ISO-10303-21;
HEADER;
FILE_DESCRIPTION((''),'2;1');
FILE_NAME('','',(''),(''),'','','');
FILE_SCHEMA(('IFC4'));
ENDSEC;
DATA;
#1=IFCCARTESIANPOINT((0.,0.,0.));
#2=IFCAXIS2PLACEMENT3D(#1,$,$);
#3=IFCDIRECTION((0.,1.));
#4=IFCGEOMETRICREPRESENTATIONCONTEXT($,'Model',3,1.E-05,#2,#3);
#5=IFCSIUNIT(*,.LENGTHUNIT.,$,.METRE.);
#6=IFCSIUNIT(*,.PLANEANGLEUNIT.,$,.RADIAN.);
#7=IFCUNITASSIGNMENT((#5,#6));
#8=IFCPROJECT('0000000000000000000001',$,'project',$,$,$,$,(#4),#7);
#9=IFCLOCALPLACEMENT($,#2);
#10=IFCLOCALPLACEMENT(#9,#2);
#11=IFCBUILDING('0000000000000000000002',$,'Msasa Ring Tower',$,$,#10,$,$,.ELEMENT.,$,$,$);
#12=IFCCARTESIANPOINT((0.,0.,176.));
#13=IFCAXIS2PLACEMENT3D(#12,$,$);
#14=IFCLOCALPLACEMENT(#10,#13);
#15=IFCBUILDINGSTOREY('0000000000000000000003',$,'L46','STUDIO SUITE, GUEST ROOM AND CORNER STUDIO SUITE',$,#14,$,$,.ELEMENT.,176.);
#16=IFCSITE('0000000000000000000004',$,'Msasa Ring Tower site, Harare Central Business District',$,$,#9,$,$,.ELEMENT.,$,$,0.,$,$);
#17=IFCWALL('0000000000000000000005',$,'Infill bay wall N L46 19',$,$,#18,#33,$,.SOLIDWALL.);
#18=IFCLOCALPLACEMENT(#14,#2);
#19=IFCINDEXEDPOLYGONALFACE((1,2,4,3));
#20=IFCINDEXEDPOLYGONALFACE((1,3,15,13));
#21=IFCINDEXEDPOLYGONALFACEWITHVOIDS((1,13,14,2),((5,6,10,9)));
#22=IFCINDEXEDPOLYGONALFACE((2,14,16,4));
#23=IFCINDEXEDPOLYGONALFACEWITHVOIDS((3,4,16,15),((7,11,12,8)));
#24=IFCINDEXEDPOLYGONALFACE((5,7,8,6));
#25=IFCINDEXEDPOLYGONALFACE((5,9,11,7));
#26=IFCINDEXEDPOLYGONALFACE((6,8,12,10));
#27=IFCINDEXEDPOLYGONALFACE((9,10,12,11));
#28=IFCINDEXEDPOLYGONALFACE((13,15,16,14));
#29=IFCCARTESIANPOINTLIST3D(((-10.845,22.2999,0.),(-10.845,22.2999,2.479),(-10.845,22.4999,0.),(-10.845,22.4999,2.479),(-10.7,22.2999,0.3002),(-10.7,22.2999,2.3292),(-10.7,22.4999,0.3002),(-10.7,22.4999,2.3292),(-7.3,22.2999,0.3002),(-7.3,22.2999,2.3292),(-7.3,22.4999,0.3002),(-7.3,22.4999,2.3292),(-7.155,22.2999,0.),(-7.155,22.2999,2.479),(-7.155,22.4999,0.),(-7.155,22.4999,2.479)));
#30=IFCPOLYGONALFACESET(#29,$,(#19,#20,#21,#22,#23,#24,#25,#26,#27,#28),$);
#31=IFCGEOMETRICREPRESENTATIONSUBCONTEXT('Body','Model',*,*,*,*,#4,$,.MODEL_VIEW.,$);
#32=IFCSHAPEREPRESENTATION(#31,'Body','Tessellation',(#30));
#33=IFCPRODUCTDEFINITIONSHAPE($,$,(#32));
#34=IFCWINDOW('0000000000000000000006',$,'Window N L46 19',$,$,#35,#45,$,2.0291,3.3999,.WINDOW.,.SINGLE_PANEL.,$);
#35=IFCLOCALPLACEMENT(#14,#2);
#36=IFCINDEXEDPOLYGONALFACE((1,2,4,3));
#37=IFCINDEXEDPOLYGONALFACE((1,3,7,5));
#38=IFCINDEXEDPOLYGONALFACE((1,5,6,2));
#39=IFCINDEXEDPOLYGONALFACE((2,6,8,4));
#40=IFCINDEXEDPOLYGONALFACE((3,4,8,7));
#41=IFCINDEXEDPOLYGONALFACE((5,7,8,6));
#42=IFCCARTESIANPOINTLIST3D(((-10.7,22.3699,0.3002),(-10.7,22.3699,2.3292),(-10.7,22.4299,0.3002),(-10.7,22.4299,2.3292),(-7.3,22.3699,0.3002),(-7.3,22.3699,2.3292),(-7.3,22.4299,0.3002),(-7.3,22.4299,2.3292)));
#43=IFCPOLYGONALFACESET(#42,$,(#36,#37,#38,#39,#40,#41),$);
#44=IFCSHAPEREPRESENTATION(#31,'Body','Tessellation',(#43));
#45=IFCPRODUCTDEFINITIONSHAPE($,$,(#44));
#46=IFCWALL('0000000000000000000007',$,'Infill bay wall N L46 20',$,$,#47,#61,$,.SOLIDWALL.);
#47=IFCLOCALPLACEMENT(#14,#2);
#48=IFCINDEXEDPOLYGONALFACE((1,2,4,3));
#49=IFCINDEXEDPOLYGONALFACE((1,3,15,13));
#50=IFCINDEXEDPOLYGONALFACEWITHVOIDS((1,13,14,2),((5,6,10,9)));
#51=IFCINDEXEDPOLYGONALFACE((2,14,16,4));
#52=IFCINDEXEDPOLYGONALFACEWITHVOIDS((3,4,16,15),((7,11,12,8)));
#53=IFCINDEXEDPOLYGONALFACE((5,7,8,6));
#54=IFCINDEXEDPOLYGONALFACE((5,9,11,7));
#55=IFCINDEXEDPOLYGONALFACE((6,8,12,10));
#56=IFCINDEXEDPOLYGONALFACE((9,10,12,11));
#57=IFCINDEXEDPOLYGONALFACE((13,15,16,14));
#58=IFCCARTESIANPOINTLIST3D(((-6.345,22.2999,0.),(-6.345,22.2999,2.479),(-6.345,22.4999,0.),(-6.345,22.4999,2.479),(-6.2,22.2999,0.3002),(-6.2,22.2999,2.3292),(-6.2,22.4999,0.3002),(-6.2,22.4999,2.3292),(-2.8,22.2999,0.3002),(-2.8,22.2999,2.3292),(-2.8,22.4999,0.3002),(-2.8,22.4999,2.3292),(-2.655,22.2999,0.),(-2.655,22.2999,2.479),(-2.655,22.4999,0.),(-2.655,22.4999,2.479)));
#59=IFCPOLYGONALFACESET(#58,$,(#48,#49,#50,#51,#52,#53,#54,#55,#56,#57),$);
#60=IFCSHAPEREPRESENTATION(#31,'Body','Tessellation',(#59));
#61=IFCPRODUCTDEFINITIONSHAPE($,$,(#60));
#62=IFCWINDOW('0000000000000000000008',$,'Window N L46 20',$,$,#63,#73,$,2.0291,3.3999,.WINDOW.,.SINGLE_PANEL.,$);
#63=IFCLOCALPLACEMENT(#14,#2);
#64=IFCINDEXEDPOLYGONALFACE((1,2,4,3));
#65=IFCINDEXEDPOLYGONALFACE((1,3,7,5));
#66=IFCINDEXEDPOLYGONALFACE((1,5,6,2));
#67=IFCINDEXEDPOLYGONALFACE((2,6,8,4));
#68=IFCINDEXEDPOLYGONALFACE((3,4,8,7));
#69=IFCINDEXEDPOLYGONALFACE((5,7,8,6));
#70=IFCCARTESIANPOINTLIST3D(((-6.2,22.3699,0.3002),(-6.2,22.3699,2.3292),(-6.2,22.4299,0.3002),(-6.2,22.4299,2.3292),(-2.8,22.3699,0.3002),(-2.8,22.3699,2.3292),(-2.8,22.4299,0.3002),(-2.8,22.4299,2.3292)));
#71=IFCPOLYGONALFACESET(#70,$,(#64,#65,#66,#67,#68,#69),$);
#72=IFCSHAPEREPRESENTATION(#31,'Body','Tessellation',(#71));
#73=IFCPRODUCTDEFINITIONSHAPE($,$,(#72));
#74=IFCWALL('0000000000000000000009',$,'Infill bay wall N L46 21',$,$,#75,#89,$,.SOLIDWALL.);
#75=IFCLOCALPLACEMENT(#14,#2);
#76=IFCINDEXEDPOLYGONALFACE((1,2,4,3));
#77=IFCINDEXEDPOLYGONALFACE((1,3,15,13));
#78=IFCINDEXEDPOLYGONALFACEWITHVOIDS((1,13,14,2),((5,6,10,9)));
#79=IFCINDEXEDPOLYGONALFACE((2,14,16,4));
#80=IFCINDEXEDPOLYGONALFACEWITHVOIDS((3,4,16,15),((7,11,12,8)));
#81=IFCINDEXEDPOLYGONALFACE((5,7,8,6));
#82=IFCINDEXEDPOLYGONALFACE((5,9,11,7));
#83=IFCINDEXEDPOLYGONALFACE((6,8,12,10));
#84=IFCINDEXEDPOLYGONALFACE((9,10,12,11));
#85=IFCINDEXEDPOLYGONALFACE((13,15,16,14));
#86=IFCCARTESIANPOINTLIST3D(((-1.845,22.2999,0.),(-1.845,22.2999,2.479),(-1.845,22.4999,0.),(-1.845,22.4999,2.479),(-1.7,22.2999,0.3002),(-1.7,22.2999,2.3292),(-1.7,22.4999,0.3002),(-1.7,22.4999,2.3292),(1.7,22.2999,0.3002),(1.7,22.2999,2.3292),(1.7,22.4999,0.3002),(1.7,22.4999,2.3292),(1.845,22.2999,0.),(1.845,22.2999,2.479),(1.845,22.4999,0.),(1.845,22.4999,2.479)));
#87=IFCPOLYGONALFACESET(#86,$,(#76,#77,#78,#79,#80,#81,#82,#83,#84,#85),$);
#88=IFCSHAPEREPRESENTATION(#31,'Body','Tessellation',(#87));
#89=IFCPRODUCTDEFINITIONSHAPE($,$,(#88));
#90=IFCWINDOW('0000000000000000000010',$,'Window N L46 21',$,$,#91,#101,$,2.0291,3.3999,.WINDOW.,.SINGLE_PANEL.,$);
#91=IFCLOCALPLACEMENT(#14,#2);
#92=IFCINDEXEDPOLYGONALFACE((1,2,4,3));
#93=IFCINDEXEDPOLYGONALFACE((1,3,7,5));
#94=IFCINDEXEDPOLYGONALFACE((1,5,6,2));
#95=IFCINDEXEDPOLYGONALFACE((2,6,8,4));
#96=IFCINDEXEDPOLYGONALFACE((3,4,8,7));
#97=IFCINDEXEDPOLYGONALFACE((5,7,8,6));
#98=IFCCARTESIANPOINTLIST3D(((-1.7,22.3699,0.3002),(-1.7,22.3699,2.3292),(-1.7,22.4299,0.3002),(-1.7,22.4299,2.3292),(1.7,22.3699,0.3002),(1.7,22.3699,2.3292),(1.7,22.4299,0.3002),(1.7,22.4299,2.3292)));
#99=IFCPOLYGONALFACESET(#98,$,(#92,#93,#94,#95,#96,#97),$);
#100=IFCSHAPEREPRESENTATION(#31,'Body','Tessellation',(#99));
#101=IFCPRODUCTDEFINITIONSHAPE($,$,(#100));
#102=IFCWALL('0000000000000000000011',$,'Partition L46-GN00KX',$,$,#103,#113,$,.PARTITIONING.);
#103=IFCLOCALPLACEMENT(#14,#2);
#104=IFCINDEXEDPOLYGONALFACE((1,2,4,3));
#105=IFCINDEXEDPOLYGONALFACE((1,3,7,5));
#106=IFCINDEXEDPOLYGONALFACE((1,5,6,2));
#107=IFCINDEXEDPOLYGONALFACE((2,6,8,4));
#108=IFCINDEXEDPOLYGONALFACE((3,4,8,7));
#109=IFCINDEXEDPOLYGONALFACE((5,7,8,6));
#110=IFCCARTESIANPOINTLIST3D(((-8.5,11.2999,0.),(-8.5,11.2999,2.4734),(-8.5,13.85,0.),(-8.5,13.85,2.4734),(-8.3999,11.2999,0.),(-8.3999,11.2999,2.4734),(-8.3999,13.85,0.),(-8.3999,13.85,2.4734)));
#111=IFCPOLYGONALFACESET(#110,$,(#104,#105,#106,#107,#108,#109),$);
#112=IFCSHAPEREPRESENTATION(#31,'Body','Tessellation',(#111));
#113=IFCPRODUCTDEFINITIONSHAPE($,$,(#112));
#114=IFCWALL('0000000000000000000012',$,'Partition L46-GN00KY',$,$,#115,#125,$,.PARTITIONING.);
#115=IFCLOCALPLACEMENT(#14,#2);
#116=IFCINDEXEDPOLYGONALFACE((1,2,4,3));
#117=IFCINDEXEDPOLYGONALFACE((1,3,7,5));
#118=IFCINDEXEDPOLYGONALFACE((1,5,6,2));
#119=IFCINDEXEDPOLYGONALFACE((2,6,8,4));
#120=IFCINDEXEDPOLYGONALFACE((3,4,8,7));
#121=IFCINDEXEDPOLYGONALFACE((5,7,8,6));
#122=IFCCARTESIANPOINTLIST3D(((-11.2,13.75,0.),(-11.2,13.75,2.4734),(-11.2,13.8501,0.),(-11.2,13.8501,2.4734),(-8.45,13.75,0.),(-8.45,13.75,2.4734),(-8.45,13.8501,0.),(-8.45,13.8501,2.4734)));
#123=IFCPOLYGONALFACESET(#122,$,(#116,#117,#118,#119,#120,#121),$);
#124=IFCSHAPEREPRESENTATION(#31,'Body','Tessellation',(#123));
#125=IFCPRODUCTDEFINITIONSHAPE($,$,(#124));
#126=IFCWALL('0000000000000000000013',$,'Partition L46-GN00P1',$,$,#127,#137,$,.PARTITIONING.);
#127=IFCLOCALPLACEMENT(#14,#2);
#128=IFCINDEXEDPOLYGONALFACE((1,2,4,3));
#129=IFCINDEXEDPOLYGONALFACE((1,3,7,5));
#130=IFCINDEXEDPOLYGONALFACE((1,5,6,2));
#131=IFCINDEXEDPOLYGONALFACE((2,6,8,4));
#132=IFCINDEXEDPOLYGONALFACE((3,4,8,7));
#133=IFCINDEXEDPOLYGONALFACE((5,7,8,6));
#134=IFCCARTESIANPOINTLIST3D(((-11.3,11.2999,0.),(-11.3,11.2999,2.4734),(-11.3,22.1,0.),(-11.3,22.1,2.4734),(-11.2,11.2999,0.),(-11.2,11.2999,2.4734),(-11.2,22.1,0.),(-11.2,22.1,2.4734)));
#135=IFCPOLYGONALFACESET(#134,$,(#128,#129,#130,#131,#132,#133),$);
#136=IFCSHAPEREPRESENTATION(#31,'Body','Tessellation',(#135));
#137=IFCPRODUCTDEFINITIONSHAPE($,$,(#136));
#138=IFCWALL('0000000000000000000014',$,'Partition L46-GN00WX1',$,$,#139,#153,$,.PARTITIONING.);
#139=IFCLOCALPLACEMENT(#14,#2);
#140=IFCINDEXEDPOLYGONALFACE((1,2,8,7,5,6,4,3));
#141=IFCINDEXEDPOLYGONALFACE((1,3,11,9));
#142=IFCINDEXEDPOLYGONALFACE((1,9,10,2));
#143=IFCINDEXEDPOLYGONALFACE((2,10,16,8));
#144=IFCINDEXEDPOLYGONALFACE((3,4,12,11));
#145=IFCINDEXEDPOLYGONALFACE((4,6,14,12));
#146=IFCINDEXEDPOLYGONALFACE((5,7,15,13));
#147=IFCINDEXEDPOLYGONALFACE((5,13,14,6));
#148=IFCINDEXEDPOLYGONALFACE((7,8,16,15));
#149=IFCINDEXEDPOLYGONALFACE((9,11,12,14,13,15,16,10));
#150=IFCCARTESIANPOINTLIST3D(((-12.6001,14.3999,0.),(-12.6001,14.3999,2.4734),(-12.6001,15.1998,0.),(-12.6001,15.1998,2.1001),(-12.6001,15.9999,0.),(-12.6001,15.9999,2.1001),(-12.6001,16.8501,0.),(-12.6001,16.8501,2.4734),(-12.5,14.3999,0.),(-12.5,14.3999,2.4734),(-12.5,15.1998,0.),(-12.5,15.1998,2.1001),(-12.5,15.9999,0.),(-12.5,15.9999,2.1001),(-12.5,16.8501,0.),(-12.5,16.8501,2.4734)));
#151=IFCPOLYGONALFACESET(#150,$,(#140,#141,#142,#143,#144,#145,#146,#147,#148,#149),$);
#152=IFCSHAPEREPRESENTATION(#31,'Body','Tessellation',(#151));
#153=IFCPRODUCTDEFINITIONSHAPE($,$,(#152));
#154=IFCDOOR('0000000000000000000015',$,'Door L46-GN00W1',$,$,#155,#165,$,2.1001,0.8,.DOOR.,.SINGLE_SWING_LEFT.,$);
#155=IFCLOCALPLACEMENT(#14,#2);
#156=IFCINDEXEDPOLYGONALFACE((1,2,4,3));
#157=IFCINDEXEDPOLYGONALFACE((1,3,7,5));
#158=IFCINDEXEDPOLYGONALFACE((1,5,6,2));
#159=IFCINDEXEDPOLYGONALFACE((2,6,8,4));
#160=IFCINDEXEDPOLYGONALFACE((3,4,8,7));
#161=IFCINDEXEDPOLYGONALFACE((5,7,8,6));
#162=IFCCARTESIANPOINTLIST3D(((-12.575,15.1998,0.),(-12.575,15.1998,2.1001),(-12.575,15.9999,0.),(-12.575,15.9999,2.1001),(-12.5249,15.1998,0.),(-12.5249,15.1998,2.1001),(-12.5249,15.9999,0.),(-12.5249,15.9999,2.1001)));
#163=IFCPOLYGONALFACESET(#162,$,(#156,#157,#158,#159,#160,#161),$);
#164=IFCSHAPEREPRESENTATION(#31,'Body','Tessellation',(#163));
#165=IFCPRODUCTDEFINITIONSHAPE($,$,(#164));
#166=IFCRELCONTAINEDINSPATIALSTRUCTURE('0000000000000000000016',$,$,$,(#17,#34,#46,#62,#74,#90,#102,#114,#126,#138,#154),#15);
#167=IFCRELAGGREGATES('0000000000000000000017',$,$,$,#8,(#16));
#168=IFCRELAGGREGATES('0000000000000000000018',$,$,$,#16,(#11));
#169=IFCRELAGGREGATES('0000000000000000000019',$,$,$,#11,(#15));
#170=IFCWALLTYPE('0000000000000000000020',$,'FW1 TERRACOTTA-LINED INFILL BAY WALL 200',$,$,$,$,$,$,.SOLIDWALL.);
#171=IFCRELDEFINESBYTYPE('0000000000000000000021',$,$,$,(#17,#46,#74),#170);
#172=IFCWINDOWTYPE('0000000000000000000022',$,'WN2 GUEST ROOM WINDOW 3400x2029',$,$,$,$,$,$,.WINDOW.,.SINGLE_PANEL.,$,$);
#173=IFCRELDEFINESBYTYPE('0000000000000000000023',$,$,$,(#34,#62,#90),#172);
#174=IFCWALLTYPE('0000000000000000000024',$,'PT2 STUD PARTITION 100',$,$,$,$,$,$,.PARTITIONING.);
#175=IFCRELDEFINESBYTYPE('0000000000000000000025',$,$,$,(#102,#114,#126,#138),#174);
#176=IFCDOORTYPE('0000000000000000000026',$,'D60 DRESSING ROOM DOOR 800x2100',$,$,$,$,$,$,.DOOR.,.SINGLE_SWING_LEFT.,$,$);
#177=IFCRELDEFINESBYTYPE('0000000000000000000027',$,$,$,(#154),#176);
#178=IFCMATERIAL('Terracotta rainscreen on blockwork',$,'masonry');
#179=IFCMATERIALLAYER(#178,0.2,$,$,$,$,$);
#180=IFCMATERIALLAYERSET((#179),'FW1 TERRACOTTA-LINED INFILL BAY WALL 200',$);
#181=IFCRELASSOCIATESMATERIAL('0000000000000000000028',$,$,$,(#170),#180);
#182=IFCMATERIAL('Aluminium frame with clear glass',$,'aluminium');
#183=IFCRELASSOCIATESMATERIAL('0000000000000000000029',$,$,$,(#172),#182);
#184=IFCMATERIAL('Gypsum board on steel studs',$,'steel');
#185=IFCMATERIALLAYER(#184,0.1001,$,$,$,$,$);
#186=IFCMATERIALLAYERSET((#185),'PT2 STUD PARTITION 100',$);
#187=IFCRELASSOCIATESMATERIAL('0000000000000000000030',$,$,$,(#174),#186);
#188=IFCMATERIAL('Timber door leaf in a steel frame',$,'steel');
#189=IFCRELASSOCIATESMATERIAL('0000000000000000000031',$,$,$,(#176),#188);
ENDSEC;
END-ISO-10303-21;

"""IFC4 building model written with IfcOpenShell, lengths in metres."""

from ifc_helpers import new_model, si_unit, direction, frame, frame_2d, origin, place, context, subcontext, project, spatial, rectangle, extrude, material, layer, layer_set, type_object, element, fill, save


model = new_model("IFC4")

# Units and contexts
model_context = context("Model", 3, precision=1e-05, world=origin(), true_north=direction((0.0, 1.0)))
body_context = subcontext(model_context, "Body", "Model", "MODEL_VIEW")
ifc_project = project(units=[si_unit("LENGTHUNIT", "METRE"), si_unit("PLANEANGLEUNIT", "RADIAN")], contexts=[model_context])

# Site, building, storey
site_placement = place(None, origin())
site = spatial("IfcSite", under=ifc_project, at=site_placement, Name="Msasa Ring Tower site, Harare Central Business District", CompositionType="ELEMENT", RefElevation=0.0)
building_placement = place(site_placement, origin())
building = spatial("IfcBuilding", under=site, at=building_placement, Name="Msasa Ring Tower", CompositionType="ELEMENT")
storey_placement = place(building_placement, frame((0.0, 0.0, 176.0)))
storey = spatial("IfcBuildingStorey", under=building, at=storey_placement, Name="L46", Description="STUDIO SUITE, GUEST ROOM AND CORNER STUDIO SUITE", CompositionType="ELEMENT", Elevation=176.0)

# Walls, openings, windows
ifc_material_1 = material(Name="Terracotta rainscreen on blockwork", Category="masonry")
ifc_layer_1 = layer(ifc_material_1, 0.2)
ifc_layer_set_1 = layer_set([ifc_layer_1], Name="FW1 TERRACOTTA-LINED INFILL BAY WALL 200")
wall_type_1 = type_object("IfcWallType", Name="FW1 TERRACOTTA-LINED INFILL BAY WALL 200", PredefinedType="SOLIDWALL", material=ifc_layer_set_1)
wall_1_placement = place(storey_placement, frame((-10.845, 22.3999, 0.0), z_axis=(0.0, 0.0, 1.0), x_axis=(1.0, 0.0, 0.0)))
wall_1 = element("IfcWall", 1, at=wall_1_placement, inside=storey, type_object=wall_type_1, Name="Infill bay wall N L46 19", PredefinedType="SOLIDWALL", context=body_context, shape_type="SweptSolid", body=[
    extrude(rectangle(XDim=3.6899, YDim=0.2, at=frame_2d((1.845, 0.0))), origin(), (0.0, 0.0, 1.0), 2.479),
])
opening_1_placement = place(wall_1_placement, frame((0.145, 0.0, 0.3)))
opening_1 = element("IfcOpeningElement", 2, at=opening_1_placement, cuts=wall_1, PredefinedType="OPENING", context=body_context, shape_type="SweptSolid", body=[
    extrude(rectangle(XDim=3.3999, YDim=2.0291, at=frame_2d((1.7, 1.0146))), frame((0.0, 0.1099, 0.0), z_axis=(0.0, -1.0, 0.0), x_axis=(1.0, 0.0, 0.0)), (0.0, 0.0, 1.0), 0.22),
])
ifc_material_2 = material(Name="Aluminium frame with clear glass", Category="aluminium")
window_type = type_object("IfcWindowType", Name="WN2 GUEST ROOM WINDOW 3400x2029", PartitioningType="SINGLE_PANEL", PredefinedType="WINDOW", material=ifc_material_2)
window_1_placement = place(opening_1_placement, origin())
window_1 = element("IfcWindow", 3, at=window_1_placement, inside=storey, type_object=window_type, Name="Window N L46 19", OverallHeight=2.0291, OverallWidth=3.3999, PartitioningType="SINGLE_PANEL", PredefinedType="WINDOW", context=body_context, shape_type="SweptSolid", body=[
    extrude(rectangle(XDim=3.3999, YDim=2.0291, at=frame_2d((1.7, 1.0146))), frame((0.0, 0.03, 0.0), z_axis=(0.0, -1.0, 0.0), x_axis=(1.0, 0.0, 0.0)), (0.0, 0.0, 1.0), 0.0601),
])
fill(opening_1, window_1)
wall_2_placement = place(storey_placement, frame((-6.345, 22.3999, 0.0), z_axis=(0.0, 0.0, 1.0), x_axis=(1.0, 0.0, 0.0)))
wall_2 = element("IfcWall", 4, at=wall_2_placement, inside=storey, type_object=wall_type_1, Name="Infill bay wall N L46 20", PredefinedType="SOLIDWALL", context=body_context, shape_type="SweptSolid", body=[
    extrude(rectangle(XDim=3.6899, YDim=0.2, at=frame_2d((1.845, 0.0))), origin(), (0.0, 0.0, 1.0), 2.479),
])
opening_2_placement = place(wall_2_placement, frame((0.145, 0.0, 0.3)))
opening_2 = element("IfcOpeningElement", 5, at=opening_2_placement, cuts=wall_2, PredefinedType="OPENING", context=body_context, shape_type="SweptSolid", body=[
    extrude(rectangle(XDim=3.3999, YDim=2.0291, at=frame_2d((1.7, 1.0146))), frame((0.0, 0.1099, 0.0), z_axis=(0.0, -1.0, 0.0), x_axis=(1.0, 0.0, 0.0)), (0.0, 0.0, 1.0), 0.22),
])
window_2_placement = place(opening_2_placement, origin())
window_2 = element("IfcWindow", 6, at=window_2_placement, inside=storey, type_object=window_type, Name="Window N L46 20", OverallHeight=2.0291, OverallWidth=3.3999, PartitioningType="SINGLE_PANEL", PredefinedType="WINDOW", context=body_context, shape_type="SweptSolid", body=[
    extrude(rectangle(XDim=3.3999, YDim=2.0291, at=frame_2d((1.7, 1.0146))), frame((0.0, 0.03, 0.0), z_axis=(0.0, -1.0, 0.0), x_axis=(1.0, 0.0, 0.0)), (0.0, 0.0, 1.0), 0.0601),
])
fill(opening_2, window_2)
wall_3_placement = place(storey_placement, frame((-1.845, 22.3999, 0.0), z_axis=(0.0, 0.0, 1.0), x_axis=(1.0, 0.0, 0.0)))
wall_3 = element("IfcWall", 7, at=wall_3_placement, inside=storey, type_object=wall_type_1, Name="Infill bay wall N L46 21", PredefinedType="SOLIDWALL", context=body_context, shape_type="SweptSolid", body=[
    extrude(rectangle(XDim=3.6899, YDim=0.2, at=frame_2d((1.845, 0.0))), origin(), (0.0, 0.0, 1.0), 2.479),
])
opening_3_placement = place(wall_3_placement, frame((0.145, 0.0, 0.3)))
opening_3 = element("IfcOpeningElement", 8, at=opening_3_placement, cuts=wall_3, PredefinedType="OPENING", context=body_context, shape_type="SweptSolid", body=[
    extrude(rectangle(XDim=3.3999, YDim=2.0291, at=frame_2d((1.7, 1.0146))), frame((0.0, 0.1099, 0.0), z_axis=(0.0, -1.0, 0.0), x_axis=(1.0, 0.0, 0.0)), (0.0, 0.0, 1.0), 0.22),
])
window_3_placement = place(opening_3_placement, origin())
window_3 = element("IfcWindow", 9, at=window_3_placement, inside=storey, type_object=window_type, Name="Window N L46 21", OverallHeight=2.0291, OverallWidth=3.3999, PartitioningType="SINGLE_PANEL", PredefinedType="WINDOW", context=body_context, shape_type="SweptSolid", body=[
    extrude(rectangle(XDim=3.3999, YDim=2.0291, at=frame_2d((1.7, 1.0146))), frame((0.0, 0.03, 0.0), z_axis=(0.0, -1.0, 0.0), x_axis=(1.0, 0.0, 0.0)), (0.0, 0.0, 1.0), 0.0601),
])
fill(opening_3, window_3)

# Walls
ifc_material_3 = material(Name="Gypsum board on steel studs", Category="steel")
ifc_layer_2 = layer(ifc_material_3, 0.1001)
ifc_layer_set_2 = layer_set([ifc_layer_2], Name="PT2 STUD PARTITION 100")
wall_type_2 = type_object("IfcWallType", Name="PT2 STUD PARTITION 100", PredefinedType="PARTITIONING", material=ifc_layer_set_2)
wall_4_placement = place(storey_placement, frame((-8.45, 11.3, 0.0), z_axis=(0.0, 0.0, 1.0), x_axis=(0.0, 1.0, 0.0)))
element("IfcWall", 10, at=wall_4_placement, inside=storey, type_object=wall_type_2, Name="Partition L46-GN00KX", PredefinedType="PARTITIONING", context=body_context, shape_type="SweptSolid", body=[
    extrude(rectangle(XDim=2.55, YDim=0.1001, at=frame_2d((1.2749, 0.0))), origin(), (0.0, 0.0, 1.0), 2.4734),
])
wall_5_placement = place(storey_placement, frame((-11.2, 13.8, 0.0), z_axis=(0.0, 0.0, 1.0), x_axis=(1.0, 0.0, 0.0)))
element("IfcWall", 11, at=wall_5_placement, inside=storey, type_object=wall_type_2, Name="Partition L46-GN00KY", PredefinedType="PARTITIONING", context=body_context, shape_type="SweptSolid", body=[
    extrude(rectangle(XDim=2.75, YDim=0.1001, at=frame_2d((1.375, 0.0))), origin(), (0.0, 0.0, 1.0), 2.4734),
])
wall_6_placement = place(storey_placement, frame((-11.25, 11.3, 0.0), z_axis=(0.0, 0.0, 1.0), x_axis=(0.0, 1.0, 0.0)))
element("IfcWall", 12, at=wall_6_placement, inside=storey, type_object=wall_type_2, Name="Partition L46-GN00P1", PredefinedType="PARTITIONING", context=body_context, shape_type="SweptSolid", body=[
    extrude(rectangle(XDim=10.8, YDim=0.1001, at=frame_2d((5.3999, 0.0))), origin(), (0.0, 0.0, 1.0), 2.4734),
])

# Wall, opening, door
wall_7_placement = place(storey_placement, frame((-12.55, 14.3999, 0.0), z_axis=(0.0, 0.0, 1.0), x_axis=(0.0, 1.0, 0.0)))
wall_7 = element("IfcWall", 13, at=wall_7_placement, inside=storey, type_object=wall_type_2, Name="Partition L46-GN00WX1", PredefinedType="PARTITIONING", context=body_context, shape_type="SweptSolid", body=[
    extrude(rectangle(XDim=2.4502, YDim=0.1001, at=frame_2d((1.2251, 0.0))), origin(), (0.0, 0.0, 1.0), 2.4734),
])
opening_4_placement = place(wall_7_placement, frame((0.8, 0.0, 0.0)))
opening_4 = element("IfcOpeningElement", 14, at=opening_4_placement, cuts=wall_7, PredefinedType="OPENING", context=body_context, shape_type="SweptSolid", body=[
    extrude(rectangle(XDim=0.8, YDim=2.1001, at=frame_2d((0.3999, 1.05))), frame((0.0, 0.0601, 0.0), z_axis=(0.0, -1.0, 0.0), x_axis=(1.0, 0.0, 0.0)), (0.0, 0.0, 1.0), 0.1201),
])
ifc_material_4 = material(Name="Timber door leaf in a steel frame", Category="steel")
door_type_1 = type_object("IfcDoorType", Name="D60 DRESSING ROOM DOOR 800x2100", OperationType="SINGLE_SWING_LEFT", PredefinedType="DOOR", material=ifc_material_4)
door_1_placement = place(opening_4_placement, origin())
door_1 = element("IfcDoor", 15, at=door_1_placement, inside=storey, type_object=door_type_1, Name="Door L46-GN00W1", OperationType="SINGLE_SWING_LEFT", OverallHeight=2.1001, OverallWidth=0.8, PredefinedType="DOOR", context=body_context, shape_type="SweptSolid", body=[
    extrude(rectangle(XDim=0.8, YDim=2.1001, at=frame_2d((0.3999, 1.05))), frame((0.0, 0.0249, 0.0), z_axis=(0.0, -1.0, 0.0), x_axis=(1.0, 0.0, 0.0)), (0.0, 0.0, 1.0), 0.05),
])
fill(opening_4, door_1)

save(model, "model.ifc")
